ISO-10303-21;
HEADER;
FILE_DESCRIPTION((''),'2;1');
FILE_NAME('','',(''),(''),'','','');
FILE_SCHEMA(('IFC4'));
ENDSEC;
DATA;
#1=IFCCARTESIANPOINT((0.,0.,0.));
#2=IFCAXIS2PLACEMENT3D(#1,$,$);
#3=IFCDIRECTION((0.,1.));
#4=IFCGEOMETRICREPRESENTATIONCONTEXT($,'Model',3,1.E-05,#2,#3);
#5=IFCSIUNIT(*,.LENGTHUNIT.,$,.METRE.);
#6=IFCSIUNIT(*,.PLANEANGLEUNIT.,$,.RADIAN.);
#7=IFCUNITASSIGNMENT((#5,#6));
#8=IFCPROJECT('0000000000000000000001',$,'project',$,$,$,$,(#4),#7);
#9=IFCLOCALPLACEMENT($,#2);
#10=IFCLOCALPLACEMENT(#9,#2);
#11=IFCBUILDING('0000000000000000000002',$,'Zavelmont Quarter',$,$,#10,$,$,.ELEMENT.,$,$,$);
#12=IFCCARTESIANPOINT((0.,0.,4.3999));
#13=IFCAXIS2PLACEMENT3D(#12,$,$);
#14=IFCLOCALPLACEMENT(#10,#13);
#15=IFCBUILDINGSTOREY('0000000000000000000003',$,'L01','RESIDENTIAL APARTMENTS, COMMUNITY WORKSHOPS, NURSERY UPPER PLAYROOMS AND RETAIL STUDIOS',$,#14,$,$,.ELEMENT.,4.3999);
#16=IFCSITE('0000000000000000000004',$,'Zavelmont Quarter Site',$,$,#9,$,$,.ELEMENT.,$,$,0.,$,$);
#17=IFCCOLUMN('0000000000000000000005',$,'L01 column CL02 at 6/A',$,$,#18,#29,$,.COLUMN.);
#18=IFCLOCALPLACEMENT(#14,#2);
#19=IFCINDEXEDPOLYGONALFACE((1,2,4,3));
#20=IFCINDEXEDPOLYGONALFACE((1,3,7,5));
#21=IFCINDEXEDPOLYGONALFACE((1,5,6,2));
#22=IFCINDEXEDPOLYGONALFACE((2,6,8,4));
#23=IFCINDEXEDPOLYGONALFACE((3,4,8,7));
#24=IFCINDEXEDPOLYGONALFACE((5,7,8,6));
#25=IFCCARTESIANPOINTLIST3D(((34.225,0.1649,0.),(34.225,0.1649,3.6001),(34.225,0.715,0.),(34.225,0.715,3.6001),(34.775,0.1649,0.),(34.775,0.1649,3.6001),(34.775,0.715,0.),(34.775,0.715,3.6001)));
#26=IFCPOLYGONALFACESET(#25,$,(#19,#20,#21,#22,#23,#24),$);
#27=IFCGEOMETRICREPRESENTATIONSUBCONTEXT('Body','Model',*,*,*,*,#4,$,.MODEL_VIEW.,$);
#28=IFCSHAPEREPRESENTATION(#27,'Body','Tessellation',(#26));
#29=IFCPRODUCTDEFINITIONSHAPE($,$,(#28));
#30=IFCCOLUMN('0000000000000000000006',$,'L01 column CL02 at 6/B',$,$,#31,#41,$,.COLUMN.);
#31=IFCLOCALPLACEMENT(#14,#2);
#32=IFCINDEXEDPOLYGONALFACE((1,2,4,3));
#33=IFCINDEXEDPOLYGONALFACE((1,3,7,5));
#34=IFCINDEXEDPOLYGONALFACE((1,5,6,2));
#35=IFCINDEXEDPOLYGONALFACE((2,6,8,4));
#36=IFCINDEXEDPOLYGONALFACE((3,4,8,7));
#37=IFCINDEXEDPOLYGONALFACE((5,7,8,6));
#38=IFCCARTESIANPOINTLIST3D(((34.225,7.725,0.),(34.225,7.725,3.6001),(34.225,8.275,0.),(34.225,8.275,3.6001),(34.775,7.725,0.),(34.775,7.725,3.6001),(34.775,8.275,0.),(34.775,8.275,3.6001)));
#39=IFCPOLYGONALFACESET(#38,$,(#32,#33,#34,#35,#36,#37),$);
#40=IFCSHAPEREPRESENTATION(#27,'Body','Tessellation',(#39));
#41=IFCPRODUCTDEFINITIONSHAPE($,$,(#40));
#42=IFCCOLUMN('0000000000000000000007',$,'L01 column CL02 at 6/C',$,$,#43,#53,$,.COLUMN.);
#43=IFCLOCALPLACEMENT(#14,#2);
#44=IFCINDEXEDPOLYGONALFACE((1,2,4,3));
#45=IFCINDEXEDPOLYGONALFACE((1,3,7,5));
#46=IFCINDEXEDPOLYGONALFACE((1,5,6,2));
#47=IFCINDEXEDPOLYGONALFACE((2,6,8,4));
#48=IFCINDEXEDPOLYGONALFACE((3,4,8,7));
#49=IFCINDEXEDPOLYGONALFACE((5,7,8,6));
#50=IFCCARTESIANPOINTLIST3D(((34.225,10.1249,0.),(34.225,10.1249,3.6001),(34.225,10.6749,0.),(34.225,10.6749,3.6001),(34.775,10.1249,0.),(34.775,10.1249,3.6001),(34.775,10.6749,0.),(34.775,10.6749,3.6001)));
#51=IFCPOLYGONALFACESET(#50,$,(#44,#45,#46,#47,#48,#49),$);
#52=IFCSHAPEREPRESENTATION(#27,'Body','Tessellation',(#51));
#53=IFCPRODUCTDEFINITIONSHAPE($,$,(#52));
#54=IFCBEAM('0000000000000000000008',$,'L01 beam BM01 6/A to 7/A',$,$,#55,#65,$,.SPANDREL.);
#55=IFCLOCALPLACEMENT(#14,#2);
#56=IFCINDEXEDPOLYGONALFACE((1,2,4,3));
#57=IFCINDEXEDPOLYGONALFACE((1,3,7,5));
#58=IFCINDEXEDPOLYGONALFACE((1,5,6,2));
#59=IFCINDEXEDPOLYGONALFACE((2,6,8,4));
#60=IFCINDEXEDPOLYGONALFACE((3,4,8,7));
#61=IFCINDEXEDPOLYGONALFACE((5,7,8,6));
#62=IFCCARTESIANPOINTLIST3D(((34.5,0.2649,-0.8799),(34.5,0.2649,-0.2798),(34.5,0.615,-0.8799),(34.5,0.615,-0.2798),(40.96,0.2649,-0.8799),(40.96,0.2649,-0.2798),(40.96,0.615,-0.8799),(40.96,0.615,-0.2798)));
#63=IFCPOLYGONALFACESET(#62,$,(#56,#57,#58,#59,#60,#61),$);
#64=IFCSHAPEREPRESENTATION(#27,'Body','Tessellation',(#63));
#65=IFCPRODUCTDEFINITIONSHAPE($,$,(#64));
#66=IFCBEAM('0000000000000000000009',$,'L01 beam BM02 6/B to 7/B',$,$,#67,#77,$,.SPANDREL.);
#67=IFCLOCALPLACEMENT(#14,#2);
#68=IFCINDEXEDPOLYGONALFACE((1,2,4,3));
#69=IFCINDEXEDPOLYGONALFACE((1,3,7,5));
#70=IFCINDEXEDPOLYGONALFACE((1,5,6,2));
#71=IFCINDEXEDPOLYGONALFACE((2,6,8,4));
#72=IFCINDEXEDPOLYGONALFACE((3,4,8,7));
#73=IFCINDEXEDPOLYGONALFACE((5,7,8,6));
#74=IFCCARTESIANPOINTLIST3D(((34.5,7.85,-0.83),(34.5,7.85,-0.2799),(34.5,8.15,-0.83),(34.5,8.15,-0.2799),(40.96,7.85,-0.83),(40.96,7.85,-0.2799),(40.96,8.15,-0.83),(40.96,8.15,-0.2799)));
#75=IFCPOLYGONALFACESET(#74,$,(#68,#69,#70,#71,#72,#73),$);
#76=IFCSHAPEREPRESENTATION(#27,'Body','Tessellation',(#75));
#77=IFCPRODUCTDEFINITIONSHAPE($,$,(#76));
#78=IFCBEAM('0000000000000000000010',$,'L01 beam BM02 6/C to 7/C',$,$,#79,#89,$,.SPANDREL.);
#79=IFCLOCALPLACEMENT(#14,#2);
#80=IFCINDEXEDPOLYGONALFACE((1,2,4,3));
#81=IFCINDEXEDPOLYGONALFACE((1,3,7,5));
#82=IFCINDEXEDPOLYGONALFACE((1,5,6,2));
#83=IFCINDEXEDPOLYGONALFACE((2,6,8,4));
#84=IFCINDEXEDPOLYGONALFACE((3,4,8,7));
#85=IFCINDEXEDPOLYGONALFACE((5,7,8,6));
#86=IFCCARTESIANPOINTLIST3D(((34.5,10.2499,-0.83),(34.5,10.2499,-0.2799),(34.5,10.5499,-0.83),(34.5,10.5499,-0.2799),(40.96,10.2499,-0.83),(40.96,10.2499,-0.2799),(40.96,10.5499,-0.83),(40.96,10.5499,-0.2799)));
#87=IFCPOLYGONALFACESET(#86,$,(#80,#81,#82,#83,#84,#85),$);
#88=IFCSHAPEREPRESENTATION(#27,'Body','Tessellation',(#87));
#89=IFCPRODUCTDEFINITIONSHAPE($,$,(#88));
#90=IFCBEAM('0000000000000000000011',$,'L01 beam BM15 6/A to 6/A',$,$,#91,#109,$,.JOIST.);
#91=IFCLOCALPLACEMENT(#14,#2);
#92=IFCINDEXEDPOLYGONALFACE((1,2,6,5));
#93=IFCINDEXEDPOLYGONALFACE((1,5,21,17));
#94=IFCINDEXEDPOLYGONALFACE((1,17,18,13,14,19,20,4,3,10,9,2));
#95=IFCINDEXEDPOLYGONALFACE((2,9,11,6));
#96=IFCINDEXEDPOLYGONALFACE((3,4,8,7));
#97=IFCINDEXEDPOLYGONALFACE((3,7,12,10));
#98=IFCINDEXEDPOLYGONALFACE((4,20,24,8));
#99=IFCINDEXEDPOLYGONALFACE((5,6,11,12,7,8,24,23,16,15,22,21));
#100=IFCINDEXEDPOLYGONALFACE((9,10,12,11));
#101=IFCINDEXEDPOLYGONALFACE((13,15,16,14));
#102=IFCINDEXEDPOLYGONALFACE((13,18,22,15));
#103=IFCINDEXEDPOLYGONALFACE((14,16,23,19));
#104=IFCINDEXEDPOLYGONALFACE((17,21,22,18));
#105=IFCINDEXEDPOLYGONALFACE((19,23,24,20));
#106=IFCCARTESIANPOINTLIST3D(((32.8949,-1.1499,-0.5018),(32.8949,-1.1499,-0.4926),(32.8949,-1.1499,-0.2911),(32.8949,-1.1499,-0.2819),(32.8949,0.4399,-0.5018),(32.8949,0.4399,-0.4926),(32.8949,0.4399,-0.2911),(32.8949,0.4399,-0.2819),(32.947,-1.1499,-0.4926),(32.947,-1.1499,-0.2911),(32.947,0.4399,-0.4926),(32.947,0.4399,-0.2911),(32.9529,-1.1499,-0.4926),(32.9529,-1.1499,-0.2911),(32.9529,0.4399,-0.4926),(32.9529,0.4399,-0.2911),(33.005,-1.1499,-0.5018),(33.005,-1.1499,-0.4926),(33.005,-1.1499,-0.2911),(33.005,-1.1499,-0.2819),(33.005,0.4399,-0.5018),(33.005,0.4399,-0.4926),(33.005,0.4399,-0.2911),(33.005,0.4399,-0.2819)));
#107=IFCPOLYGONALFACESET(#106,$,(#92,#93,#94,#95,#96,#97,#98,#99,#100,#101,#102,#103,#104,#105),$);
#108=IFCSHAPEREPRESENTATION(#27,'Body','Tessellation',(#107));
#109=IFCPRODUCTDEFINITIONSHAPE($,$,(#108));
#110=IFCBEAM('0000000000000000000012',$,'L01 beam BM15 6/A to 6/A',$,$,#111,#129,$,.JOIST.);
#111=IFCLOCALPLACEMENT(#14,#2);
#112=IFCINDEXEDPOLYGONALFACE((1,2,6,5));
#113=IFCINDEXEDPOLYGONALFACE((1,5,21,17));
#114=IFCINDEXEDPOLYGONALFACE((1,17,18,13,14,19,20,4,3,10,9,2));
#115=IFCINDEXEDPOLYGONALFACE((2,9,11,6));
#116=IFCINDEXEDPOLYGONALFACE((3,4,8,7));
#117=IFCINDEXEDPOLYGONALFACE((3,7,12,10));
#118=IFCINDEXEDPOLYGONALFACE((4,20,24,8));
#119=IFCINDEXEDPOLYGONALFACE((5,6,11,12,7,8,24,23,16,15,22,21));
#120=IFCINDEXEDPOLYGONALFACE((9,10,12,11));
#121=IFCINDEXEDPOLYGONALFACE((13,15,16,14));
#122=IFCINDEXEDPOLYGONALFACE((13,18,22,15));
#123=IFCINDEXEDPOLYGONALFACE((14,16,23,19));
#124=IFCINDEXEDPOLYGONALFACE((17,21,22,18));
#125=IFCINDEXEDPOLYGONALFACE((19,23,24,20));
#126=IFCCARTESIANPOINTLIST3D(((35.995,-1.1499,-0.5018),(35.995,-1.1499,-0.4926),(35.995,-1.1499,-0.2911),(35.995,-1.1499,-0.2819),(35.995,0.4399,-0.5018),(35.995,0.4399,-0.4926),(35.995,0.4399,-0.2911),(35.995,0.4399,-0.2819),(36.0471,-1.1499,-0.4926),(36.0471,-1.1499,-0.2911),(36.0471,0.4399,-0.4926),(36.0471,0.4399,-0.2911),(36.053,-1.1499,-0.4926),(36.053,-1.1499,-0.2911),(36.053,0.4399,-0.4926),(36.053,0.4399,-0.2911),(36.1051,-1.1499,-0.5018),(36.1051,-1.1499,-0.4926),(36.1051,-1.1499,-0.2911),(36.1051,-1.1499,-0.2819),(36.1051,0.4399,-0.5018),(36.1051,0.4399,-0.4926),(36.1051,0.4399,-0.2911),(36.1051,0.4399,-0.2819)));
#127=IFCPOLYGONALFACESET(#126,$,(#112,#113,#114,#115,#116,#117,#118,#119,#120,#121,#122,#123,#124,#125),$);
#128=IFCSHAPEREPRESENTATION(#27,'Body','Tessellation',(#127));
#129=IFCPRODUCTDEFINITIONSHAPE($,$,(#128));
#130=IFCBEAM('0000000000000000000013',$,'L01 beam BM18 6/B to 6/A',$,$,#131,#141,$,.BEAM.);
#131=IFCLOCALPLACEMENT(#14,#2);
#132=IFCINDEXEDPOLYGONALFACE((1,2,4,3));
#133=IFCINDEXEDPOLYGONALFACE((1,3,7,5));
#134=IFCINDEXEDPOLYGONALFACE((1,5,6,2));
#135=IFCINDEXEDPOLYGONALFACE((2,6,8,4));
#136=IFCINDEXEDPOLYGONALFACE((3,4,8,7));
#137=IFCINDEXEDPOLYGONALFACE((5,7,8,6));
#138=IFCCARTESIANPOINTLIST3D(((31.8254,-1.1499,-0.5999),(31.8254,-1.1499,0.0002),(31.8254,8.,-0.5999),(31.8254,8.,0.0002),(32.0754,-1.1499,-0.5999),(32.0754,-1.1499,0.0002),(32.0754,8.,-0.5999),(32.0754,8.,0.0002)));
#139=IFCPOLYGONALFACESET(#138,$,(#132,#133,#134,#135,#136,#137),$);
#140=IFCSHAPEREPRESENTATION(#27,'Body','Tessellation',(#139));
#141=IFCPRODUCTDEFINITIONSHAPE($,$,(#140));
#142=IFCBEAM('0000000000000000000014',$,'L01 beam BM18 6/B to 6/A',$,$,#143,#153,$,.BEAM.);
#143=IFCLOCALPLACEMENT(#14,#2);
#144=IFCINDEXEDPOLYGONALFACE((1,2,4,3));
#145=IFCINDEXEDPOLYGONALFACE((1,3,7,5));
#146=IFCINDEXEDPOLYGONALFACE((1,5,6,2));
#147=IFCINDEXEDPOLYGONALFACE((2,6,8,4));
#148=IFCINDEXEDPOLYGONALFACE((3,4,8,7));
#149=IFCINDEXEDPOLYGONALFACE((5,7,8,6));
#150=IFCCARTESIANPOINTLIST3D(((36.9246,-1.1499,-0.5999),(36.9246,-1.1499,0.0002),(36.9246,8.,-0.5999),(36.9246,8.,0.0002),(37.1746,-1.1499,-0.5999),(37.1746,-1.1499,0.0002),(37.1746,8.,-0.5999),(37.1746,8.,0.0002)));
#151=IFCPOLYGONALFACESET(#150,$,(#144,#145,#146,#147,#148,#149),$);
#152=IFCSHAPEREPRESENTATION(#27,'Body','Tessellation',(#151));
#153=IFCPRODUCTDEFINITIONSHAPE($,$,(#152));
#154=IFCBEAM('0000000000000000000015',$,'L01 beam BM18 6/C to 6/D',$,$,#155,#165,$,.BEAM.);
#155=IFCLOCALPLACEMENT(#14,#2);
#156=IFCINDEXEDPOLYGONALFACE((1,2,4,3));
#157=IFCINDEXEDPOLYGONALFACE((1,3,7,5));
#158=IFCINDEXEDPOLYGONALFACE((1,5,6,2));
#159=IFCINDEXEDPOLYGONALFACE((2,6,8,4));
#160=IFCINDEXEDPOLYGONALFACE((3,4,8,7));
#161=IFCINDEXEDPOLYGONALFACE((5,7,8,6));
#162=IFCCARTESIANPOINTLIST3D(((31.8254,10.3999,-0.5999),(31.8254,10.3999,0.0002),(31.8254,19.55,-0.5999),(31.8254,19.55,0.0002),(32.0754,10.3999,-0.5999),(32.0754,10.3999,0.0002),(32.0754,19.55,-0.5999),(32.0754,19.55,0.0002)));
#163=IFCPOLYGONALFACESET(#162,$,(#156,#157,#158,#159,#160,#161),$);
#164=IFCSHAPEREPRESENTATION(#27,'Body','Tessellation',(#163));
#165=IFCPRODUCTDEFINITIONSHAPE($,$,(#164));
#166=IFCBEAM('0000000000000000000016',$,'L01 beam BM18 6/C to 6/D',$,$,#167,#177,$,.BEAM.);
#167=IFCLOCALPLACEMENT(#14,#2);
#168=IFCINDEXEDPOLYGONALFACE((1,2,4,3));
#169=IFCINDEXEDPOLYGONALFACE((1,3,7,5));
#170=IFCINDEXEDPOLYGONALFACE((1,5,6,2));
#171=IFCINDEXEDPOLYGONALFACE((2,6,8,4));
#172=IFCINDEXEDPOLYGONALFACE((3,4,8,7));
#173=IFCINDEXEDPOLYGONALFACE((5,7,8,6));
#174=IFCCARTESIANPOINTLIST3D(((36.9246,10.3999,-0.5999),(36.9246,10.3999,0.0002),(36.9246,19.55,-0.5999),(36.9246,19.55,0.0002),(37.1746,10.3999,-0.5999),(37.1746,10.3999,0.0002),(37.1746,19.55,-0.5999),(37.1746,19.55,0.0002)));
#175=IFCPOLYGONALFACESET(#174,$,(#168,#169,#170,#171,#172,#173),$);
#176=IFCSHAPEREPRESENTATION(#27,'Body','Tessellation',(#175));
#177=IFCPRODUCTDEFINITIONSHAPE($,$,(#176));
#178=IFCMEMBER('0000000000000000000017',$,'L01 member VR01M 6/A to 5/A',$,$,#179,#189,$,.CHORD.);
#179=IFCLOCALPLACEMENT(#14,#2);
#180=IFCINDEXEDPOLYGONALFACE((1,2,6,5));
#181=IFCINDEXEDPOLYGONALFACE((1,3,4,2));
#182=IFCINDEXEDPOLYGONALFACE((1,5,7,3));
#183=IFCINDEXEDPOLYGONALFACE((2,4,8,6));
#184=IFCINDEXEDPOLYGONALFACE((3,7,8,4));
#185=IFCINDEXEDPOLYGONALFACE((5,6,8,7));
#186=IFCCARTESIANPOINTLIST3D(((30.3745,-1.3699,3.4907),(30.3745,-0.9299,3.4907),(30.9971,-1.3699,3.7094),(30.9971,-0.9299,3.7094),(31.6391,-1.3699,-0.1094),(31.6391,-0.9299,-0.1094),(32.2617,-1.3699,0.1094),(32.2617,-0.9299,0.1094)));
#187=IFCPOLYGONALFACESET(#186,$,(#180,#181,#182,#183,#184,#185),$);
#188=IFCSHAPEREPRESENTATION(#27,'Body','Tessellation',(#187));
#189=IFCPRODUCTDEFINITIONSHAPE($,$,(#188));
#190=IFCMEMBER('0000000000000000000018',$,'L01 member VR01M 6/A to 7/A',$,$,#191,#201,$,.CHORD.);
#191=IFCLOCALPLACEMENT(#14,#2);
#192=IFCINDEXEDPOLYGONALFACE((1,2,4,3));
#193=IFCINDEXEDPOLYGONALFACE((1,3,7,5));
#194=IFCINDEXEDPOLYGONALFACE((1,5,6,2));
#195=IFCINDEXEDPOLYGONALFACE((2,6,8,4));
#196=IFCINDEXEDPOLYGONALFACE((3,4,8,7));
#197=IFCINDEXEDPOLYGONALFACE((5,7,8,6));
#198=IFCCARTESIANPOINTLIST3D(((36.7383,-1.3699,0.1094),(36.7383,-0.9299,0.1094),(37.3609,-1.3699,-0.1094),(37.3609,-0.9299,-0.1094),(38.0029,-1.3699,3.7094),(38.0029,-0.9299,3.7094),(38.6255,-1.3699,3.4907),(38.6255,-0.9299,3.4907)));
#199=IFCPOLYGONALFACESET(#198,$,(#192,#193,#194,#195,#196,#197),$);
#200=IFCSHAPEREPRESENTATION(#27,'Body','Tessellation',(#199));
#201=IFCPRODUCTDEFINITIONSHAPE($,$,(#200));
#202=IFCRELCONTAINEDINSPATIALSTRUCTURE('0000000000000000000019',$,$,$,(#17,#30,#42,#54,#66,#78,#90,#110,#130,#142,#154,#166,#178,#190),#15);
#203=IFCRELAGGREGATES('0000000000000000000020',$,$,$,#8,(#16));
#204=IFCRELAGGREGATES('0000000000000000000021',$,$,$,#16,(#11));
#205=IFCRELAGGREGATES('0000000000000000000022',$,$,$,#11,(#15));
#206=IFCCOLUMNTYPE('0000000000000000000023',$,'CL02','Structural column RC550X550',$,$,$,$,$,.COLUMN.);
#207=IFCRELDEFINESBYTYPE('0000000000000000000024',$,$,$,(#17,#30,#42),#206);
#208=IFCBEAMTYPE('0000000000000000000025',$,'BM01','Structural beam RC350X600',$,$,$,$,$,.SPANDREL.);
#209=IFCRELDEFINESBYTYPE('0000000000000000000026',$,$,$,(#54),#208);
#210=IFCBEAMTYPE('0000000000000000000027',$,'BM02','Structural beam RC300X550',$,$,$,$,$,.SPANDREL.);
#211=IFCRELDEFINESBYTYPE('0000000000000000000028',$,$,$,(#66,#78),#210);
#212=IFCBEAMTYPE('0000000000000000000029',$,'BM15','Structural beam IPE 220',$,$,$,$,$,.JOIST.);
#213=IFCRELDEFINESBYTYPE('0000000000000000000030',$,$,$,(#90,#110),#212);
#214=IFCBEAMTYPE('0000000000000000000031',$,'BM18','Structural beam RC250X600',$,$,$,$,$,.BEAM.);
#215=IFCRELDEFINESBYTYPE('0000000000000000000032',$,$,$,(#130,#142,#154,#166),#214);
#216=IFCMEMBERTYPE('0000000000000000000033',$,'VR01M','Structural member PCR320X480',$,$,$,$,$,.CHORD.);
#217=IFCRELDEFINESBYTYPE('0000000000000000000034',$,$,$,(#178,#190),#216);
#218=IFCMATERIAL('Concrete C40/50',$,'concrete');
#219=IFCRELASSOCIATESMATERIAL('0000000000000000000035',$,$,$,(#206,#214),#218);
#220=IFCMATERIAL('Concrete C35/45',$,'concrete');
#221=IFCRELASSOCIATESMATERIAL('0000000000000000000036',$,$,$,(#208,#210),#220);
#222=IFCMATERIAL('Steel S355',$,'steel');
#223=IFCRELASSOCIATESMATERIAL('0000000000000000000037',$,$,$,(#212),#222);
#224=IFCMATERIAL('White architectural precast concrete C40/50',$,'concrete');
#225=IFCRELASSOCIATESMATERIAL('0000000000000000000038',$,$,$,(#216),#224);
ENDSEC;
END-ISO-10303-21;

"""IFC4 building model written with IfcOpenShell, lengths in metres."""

from ifc_helpers import new_model, si_unit, direction, frame, origin, origin_2d, place, context, subcontext, project, spatial, rectangle, i_section, extrude, material, material_profile, profile_set, type_object, element, save


model = new_model("IFC4")

# Units and contexts
model_context = context("Model", 3, precision=1e-05, world=origin(), true_north=direction((0.0, 1.0)))
body_context = subcontext(model_context, "Body", "Model", "MODEL_VIEW")
ifc_project = project(units=[si_unit("LENGTHUNIT", "METRE"), si_unit("PLANEANGLEUNIT", "RADIAN")], contexts=[model_context])

# Site, building, storey
site_placement = place(None, origin())
site = spatial("IfcSite", under=ifc_project, at=site_placement, Name="Zavelmont Quarter Site", CompositionType="ELEMENT", RefElevation=0.0)
building_placement = place(site_placement, origin())
building = spatial("IfcBuilding", under=site, at=building_placement, Name="Zavelmont Quarter", CompositionType="ELEMENT")
storey_placement = place(building_placement, frame((0.0, 0.0, 4.3999)))
storey = spatial("IfcBuildingStorey", under=building, at=storey_placement, Name="L01", Description="RESIDENTIAL APARTMENTS, COMMUNITY WORKSHOPS, NURSERY UPPER PLAYROOMS AND RETAIL STUDIOS", CompositionType="ELEMENT", Elevation=4.3999)

# Columns
ifc_material_1 = material(Name="Concrete C40/50", Category="concrete")
ifc_material_profile_1 = material_profile(ifc_material_1, rectangle(XDim=0.55, YDim=0.55, at=origin_2d()), Name="RC550X550")
ifc_profile_set_1 = profile_set([ifc_material_profile_1], Name="Concrete C40/50")
column_type = type_object("IfcColumnType", Name="CL02", Description="Structural column RC550X550", PredefinedType="COLUMN", material=ifc_profile_set_1)
for number, where, z_axis, x_axis, name in (
    (1, (34.5, 0.4399, 0.0), (0.0, 0.0, 1.0), (1.0, 0.0, 0.0), "L01 column CL02 at 6/A"),
    (2, (34.5, 8.0, 0.0), (0.0, 0.0, 1.0), (1.0, 0.0, 0.0), "L01 column CL02 at 6/B"),
    (3, (34.5, 10.3999, 0.0), (0.0, 0.0, 1.0), (1.0, 0.0, 0.0), "L01 column CL02 at 6/C"),
):
    element("IfcColumn", number, at=place(storey_placement, frame(where, z_axis=z_axis, x_axis=x_axis)), inside=storey, type_object=column_type, Name=name, PredefinedType="COLUMN", context=body_context, shape_type="SweptSolid", body=[
        extrude(rectangle(XDim=0.55, YDim=0.55, at=origin_2d()), origin(), (0.0, 0.0, 1.0), 3.6001),
    ])

# Beams
ifc_material_2 = material(Name="Concrete C35/45", Category="concrete")
ifc_material_profile_2 = material_profile(ifc_material_2, rectangle(XDim=0.3501, YDim=0.6001, at=origin_2d()), Name="RC350X600")
ifc_profile_set_2 = profile_set([ifc_material_profile_2], Name="Concrete C35/45")
beam_type_1 = type_object("IfcBeamType", Name="BM01", Description="Structural beam RC350X600", PredefinedType="SPANDREL", material=ifc_profile_set_2)
beam_placement = place(storey_placement, frame((34.5, 0.4399, -0.5798), z_axis=(1.0, 0.0, 0.0), x_axis=(0.0, 1.0, 0.0)))
element("IfcBeam", 4, at=beam_placement, inside=storey, type_object=beam_type_1, Name="L01 beam BM01 6/A to 7/A", PredefinedType="SPANDREL", context=body_context, shape_type="SweptSolid", body=[
    extrude(rectangle(XDim=0.3501, YDim=0.6001, at=origin_2d()), origin(), (0.0, 0.0, 1.0), 6.46),
])
ifc_material_profile_3 = material_profile(ifc_material_2, rectangle(XDim=0.3, YDim=0.55, at=origin_2d()), Name="RC300X550")
ifc_profile_set_3 = profile_set([ifc_material_profile_3], Name="Concrete C35/45")
beam_type_2 = type_object("IfcBeamType", Name="BM02", Description="Structural beam RC300X550", PredefinedType="SPANDREL", material=ifc_profile_set_3)
for number, where, z_axis, x_axis, name in (
    (5, (34.5, 8.0, -0.5549), (1.0, 0.0, 0.0), (0.0, 1.0, 0.0), "L01 beam BM02 6/B to 7/B"),
    (6, (34.5, 10.3999, -0.5549), (1.0, 0.0, 0.0), (0.0, 1.0, 0.0), "L01 beam BM02 6/C to 7/C"),
):
    element("IfcBeam", number, at=place(storey_placement, frame(where, z_axis=z_axis, x_axis=x_axis)), inside=storey, type_object=beam_type_2, Name=name, PredefinedType="SPANDREL", context=body_context, shape_type="SweptSolid", body=[
        extrude(rectangle(XDim=0.3, YDim=0.55, at=origin_2d()), origin(), (0.0, 0.0, 1.0), 6.46),
    ])
ifc_material_3 = material(Name="Steel S355", Category="steel")
ifc_material_profile_4 = material_profile(ifc_material_3, i_section(OverallWidth=0.1101, OverallDepth=0.22, WebThickness=0.0059, FlangeThickness=0.0093, at=origin_2d()), Name="IPE 220")
ifc_profile_set_4 = profile_set([ifc_material_profile_4], Name="Steel S355")
beam_type_3 = type_object("IfcBeamType", Name="BM15", Description="Structural beam IPE 220", PredefinedType="JOIST", material=ifc_profile_set_4)
for number, where, z_axis, x_axis, name in (
    (7, (32.95, 0.4399, -0.3918), (0.0, -1.0, 0.0), (1.0, 0.0, 0.0), "L01 beam BM15 6/A to 6/A"),
    (8, (36.05, 0.4399, -0.3918), (0.0, -1.0, 0.0), (1.0, 0.0, 0.0), "L01 beam BM15 6/A to 6/A"),
):
    element("IfcBeam", number, at=place(storey_placement, frame(where, z_axis=z_axis, x_axis=x_axis)), inside=storey, type_object=beam_type_3, Name=name, PredefinedType="JOIST", context=body_context, shape_type="SweptSolid", body=[
        extrude(i_section(OverallWidth=0.1101, OverallDepth=0.22, WebThickness=0.0059, FlangeThickness=0.0093, at=origin_2d()), origin(), (0.0, 0.0, 1.0), 1.5898),
    ])
ifc_material_profile_5 = material_profile(ifc_material_1, rectangle(XDim=0.25, YDim=0.6001, at=origin_2d()), Name="RC250X600")
ifc_profile_set_5 = profile_set([ifc_material_profile_5], Name="Concrete C40/50")
beam_type_4 = type_object("IfcBeamType", Name="BM18", Description="Structural beam RC250X600", PredefinedType="BEAM", material=ifc_profile_set_5)
for number, where, z_axis, x_axis, name in (
    (9, (31.9504, 8.0, -0.2998), (0.0, -1.0, 0.0), (1.0, 0.0, 0.0), "L01 beam BM18 6/B to 6/A"),
    (10, (37.0496, 8.0, -0.2998), (0.0, -1.0, 0.0), (1.0, 0.0, 0.0), "L01 beam BM18 6/B to 6/A"),
):
    element("IfcBeam", number, at=place(storey_placement, frame(where, z_axis=z_axis, x_axis=x_axis)), inside=storey, type_object=beam_type_4, Name=name, PredefinedType="BEAM", context=body_context, shape_type="SweptSolid", body=[
        extrude(rectangle(XDim=0.25, YDim=0.6001, at=origin_2d()), origin(), (0.0, 0.0, 1.0), 9.1499),
    ])
for number, where, z_axis, x_axis, name in (
    (11, (31.9504, 10.3999, -0.2998), (0.0, 1.0, 0.0), (-1.0, 0.0, 0.0), "L01 beam BM18 6/C to 6/D"),
    (12, (37.0496, 10.3999, -0.2998), (0.0, 1.0, 0.0), (-1.0, 0.0, 0.0), "L01 beam BM18 6/C to 6/D"),
):
    element("IfcBeam", number, at=place(storey_placement, frame(where, z_axis=z_axis, x_axis=x_axis)), inside=storey, type_object=beam_type_4, Name=name, PredefinedType="BEAM", context=body_context, shape_type="SweptSolid", body=[
        extrude(rectangle(XDim=0.25, YDim=0.6001, at=origin_2d()), origin(), (0.0, 0.0, 1.0), 9.1501),
    ])

# Members
ifc_material_4 = material(Name="White architectural precast concrete C40/50", Category="concrete")
ifc_material_profile_6 = material_profile(ifc_material_4, rectangle(XDim=0.4399, YDim=0.6599, at=origin_2d()), Name="PCR320X480")
ifc_profile_set_6 = profile_set([ifc_material_profile_6], Name="White architectural precast concrete C40/50")
member_type = type_object("IfcMemberType", Name="VR01M", Description="Structural member PCR320X480", PredefinedType="CHORD", material=ifc_profile_set_6)
for number, where, z_axis, x_axis, name in (
    (13, (31.9504, -1.1499, 0.0), (-0.331428, 0.0, 0.943481), (0.0, -1.0, 0.0), "L01 member VR01M 6/A to 5/A"),
    (14, (37.0496, -1.1499, 0.0), (0.331428, 0.0, 0.943481), (0.0, 1.0, 0.0), "L01 member VR01M 6/A to 7/A"),
):
    element("IfcMember", number, at=place(storey_placement, frame(where, z_axis=z_axis, x_axis=x_axis)), inside=storey, type_object=member_type, Name=name, PredefinedType="CHORD", context=body_context, shape_type="SweptSolid", body=[
        extrude(rectangle(XDim=0.4399, YDim=0.6599, at=origin_2d()), origin(), (0.0, 0.0, 1.0), 3.8157),
    ])

save(model, "model.ifc")
